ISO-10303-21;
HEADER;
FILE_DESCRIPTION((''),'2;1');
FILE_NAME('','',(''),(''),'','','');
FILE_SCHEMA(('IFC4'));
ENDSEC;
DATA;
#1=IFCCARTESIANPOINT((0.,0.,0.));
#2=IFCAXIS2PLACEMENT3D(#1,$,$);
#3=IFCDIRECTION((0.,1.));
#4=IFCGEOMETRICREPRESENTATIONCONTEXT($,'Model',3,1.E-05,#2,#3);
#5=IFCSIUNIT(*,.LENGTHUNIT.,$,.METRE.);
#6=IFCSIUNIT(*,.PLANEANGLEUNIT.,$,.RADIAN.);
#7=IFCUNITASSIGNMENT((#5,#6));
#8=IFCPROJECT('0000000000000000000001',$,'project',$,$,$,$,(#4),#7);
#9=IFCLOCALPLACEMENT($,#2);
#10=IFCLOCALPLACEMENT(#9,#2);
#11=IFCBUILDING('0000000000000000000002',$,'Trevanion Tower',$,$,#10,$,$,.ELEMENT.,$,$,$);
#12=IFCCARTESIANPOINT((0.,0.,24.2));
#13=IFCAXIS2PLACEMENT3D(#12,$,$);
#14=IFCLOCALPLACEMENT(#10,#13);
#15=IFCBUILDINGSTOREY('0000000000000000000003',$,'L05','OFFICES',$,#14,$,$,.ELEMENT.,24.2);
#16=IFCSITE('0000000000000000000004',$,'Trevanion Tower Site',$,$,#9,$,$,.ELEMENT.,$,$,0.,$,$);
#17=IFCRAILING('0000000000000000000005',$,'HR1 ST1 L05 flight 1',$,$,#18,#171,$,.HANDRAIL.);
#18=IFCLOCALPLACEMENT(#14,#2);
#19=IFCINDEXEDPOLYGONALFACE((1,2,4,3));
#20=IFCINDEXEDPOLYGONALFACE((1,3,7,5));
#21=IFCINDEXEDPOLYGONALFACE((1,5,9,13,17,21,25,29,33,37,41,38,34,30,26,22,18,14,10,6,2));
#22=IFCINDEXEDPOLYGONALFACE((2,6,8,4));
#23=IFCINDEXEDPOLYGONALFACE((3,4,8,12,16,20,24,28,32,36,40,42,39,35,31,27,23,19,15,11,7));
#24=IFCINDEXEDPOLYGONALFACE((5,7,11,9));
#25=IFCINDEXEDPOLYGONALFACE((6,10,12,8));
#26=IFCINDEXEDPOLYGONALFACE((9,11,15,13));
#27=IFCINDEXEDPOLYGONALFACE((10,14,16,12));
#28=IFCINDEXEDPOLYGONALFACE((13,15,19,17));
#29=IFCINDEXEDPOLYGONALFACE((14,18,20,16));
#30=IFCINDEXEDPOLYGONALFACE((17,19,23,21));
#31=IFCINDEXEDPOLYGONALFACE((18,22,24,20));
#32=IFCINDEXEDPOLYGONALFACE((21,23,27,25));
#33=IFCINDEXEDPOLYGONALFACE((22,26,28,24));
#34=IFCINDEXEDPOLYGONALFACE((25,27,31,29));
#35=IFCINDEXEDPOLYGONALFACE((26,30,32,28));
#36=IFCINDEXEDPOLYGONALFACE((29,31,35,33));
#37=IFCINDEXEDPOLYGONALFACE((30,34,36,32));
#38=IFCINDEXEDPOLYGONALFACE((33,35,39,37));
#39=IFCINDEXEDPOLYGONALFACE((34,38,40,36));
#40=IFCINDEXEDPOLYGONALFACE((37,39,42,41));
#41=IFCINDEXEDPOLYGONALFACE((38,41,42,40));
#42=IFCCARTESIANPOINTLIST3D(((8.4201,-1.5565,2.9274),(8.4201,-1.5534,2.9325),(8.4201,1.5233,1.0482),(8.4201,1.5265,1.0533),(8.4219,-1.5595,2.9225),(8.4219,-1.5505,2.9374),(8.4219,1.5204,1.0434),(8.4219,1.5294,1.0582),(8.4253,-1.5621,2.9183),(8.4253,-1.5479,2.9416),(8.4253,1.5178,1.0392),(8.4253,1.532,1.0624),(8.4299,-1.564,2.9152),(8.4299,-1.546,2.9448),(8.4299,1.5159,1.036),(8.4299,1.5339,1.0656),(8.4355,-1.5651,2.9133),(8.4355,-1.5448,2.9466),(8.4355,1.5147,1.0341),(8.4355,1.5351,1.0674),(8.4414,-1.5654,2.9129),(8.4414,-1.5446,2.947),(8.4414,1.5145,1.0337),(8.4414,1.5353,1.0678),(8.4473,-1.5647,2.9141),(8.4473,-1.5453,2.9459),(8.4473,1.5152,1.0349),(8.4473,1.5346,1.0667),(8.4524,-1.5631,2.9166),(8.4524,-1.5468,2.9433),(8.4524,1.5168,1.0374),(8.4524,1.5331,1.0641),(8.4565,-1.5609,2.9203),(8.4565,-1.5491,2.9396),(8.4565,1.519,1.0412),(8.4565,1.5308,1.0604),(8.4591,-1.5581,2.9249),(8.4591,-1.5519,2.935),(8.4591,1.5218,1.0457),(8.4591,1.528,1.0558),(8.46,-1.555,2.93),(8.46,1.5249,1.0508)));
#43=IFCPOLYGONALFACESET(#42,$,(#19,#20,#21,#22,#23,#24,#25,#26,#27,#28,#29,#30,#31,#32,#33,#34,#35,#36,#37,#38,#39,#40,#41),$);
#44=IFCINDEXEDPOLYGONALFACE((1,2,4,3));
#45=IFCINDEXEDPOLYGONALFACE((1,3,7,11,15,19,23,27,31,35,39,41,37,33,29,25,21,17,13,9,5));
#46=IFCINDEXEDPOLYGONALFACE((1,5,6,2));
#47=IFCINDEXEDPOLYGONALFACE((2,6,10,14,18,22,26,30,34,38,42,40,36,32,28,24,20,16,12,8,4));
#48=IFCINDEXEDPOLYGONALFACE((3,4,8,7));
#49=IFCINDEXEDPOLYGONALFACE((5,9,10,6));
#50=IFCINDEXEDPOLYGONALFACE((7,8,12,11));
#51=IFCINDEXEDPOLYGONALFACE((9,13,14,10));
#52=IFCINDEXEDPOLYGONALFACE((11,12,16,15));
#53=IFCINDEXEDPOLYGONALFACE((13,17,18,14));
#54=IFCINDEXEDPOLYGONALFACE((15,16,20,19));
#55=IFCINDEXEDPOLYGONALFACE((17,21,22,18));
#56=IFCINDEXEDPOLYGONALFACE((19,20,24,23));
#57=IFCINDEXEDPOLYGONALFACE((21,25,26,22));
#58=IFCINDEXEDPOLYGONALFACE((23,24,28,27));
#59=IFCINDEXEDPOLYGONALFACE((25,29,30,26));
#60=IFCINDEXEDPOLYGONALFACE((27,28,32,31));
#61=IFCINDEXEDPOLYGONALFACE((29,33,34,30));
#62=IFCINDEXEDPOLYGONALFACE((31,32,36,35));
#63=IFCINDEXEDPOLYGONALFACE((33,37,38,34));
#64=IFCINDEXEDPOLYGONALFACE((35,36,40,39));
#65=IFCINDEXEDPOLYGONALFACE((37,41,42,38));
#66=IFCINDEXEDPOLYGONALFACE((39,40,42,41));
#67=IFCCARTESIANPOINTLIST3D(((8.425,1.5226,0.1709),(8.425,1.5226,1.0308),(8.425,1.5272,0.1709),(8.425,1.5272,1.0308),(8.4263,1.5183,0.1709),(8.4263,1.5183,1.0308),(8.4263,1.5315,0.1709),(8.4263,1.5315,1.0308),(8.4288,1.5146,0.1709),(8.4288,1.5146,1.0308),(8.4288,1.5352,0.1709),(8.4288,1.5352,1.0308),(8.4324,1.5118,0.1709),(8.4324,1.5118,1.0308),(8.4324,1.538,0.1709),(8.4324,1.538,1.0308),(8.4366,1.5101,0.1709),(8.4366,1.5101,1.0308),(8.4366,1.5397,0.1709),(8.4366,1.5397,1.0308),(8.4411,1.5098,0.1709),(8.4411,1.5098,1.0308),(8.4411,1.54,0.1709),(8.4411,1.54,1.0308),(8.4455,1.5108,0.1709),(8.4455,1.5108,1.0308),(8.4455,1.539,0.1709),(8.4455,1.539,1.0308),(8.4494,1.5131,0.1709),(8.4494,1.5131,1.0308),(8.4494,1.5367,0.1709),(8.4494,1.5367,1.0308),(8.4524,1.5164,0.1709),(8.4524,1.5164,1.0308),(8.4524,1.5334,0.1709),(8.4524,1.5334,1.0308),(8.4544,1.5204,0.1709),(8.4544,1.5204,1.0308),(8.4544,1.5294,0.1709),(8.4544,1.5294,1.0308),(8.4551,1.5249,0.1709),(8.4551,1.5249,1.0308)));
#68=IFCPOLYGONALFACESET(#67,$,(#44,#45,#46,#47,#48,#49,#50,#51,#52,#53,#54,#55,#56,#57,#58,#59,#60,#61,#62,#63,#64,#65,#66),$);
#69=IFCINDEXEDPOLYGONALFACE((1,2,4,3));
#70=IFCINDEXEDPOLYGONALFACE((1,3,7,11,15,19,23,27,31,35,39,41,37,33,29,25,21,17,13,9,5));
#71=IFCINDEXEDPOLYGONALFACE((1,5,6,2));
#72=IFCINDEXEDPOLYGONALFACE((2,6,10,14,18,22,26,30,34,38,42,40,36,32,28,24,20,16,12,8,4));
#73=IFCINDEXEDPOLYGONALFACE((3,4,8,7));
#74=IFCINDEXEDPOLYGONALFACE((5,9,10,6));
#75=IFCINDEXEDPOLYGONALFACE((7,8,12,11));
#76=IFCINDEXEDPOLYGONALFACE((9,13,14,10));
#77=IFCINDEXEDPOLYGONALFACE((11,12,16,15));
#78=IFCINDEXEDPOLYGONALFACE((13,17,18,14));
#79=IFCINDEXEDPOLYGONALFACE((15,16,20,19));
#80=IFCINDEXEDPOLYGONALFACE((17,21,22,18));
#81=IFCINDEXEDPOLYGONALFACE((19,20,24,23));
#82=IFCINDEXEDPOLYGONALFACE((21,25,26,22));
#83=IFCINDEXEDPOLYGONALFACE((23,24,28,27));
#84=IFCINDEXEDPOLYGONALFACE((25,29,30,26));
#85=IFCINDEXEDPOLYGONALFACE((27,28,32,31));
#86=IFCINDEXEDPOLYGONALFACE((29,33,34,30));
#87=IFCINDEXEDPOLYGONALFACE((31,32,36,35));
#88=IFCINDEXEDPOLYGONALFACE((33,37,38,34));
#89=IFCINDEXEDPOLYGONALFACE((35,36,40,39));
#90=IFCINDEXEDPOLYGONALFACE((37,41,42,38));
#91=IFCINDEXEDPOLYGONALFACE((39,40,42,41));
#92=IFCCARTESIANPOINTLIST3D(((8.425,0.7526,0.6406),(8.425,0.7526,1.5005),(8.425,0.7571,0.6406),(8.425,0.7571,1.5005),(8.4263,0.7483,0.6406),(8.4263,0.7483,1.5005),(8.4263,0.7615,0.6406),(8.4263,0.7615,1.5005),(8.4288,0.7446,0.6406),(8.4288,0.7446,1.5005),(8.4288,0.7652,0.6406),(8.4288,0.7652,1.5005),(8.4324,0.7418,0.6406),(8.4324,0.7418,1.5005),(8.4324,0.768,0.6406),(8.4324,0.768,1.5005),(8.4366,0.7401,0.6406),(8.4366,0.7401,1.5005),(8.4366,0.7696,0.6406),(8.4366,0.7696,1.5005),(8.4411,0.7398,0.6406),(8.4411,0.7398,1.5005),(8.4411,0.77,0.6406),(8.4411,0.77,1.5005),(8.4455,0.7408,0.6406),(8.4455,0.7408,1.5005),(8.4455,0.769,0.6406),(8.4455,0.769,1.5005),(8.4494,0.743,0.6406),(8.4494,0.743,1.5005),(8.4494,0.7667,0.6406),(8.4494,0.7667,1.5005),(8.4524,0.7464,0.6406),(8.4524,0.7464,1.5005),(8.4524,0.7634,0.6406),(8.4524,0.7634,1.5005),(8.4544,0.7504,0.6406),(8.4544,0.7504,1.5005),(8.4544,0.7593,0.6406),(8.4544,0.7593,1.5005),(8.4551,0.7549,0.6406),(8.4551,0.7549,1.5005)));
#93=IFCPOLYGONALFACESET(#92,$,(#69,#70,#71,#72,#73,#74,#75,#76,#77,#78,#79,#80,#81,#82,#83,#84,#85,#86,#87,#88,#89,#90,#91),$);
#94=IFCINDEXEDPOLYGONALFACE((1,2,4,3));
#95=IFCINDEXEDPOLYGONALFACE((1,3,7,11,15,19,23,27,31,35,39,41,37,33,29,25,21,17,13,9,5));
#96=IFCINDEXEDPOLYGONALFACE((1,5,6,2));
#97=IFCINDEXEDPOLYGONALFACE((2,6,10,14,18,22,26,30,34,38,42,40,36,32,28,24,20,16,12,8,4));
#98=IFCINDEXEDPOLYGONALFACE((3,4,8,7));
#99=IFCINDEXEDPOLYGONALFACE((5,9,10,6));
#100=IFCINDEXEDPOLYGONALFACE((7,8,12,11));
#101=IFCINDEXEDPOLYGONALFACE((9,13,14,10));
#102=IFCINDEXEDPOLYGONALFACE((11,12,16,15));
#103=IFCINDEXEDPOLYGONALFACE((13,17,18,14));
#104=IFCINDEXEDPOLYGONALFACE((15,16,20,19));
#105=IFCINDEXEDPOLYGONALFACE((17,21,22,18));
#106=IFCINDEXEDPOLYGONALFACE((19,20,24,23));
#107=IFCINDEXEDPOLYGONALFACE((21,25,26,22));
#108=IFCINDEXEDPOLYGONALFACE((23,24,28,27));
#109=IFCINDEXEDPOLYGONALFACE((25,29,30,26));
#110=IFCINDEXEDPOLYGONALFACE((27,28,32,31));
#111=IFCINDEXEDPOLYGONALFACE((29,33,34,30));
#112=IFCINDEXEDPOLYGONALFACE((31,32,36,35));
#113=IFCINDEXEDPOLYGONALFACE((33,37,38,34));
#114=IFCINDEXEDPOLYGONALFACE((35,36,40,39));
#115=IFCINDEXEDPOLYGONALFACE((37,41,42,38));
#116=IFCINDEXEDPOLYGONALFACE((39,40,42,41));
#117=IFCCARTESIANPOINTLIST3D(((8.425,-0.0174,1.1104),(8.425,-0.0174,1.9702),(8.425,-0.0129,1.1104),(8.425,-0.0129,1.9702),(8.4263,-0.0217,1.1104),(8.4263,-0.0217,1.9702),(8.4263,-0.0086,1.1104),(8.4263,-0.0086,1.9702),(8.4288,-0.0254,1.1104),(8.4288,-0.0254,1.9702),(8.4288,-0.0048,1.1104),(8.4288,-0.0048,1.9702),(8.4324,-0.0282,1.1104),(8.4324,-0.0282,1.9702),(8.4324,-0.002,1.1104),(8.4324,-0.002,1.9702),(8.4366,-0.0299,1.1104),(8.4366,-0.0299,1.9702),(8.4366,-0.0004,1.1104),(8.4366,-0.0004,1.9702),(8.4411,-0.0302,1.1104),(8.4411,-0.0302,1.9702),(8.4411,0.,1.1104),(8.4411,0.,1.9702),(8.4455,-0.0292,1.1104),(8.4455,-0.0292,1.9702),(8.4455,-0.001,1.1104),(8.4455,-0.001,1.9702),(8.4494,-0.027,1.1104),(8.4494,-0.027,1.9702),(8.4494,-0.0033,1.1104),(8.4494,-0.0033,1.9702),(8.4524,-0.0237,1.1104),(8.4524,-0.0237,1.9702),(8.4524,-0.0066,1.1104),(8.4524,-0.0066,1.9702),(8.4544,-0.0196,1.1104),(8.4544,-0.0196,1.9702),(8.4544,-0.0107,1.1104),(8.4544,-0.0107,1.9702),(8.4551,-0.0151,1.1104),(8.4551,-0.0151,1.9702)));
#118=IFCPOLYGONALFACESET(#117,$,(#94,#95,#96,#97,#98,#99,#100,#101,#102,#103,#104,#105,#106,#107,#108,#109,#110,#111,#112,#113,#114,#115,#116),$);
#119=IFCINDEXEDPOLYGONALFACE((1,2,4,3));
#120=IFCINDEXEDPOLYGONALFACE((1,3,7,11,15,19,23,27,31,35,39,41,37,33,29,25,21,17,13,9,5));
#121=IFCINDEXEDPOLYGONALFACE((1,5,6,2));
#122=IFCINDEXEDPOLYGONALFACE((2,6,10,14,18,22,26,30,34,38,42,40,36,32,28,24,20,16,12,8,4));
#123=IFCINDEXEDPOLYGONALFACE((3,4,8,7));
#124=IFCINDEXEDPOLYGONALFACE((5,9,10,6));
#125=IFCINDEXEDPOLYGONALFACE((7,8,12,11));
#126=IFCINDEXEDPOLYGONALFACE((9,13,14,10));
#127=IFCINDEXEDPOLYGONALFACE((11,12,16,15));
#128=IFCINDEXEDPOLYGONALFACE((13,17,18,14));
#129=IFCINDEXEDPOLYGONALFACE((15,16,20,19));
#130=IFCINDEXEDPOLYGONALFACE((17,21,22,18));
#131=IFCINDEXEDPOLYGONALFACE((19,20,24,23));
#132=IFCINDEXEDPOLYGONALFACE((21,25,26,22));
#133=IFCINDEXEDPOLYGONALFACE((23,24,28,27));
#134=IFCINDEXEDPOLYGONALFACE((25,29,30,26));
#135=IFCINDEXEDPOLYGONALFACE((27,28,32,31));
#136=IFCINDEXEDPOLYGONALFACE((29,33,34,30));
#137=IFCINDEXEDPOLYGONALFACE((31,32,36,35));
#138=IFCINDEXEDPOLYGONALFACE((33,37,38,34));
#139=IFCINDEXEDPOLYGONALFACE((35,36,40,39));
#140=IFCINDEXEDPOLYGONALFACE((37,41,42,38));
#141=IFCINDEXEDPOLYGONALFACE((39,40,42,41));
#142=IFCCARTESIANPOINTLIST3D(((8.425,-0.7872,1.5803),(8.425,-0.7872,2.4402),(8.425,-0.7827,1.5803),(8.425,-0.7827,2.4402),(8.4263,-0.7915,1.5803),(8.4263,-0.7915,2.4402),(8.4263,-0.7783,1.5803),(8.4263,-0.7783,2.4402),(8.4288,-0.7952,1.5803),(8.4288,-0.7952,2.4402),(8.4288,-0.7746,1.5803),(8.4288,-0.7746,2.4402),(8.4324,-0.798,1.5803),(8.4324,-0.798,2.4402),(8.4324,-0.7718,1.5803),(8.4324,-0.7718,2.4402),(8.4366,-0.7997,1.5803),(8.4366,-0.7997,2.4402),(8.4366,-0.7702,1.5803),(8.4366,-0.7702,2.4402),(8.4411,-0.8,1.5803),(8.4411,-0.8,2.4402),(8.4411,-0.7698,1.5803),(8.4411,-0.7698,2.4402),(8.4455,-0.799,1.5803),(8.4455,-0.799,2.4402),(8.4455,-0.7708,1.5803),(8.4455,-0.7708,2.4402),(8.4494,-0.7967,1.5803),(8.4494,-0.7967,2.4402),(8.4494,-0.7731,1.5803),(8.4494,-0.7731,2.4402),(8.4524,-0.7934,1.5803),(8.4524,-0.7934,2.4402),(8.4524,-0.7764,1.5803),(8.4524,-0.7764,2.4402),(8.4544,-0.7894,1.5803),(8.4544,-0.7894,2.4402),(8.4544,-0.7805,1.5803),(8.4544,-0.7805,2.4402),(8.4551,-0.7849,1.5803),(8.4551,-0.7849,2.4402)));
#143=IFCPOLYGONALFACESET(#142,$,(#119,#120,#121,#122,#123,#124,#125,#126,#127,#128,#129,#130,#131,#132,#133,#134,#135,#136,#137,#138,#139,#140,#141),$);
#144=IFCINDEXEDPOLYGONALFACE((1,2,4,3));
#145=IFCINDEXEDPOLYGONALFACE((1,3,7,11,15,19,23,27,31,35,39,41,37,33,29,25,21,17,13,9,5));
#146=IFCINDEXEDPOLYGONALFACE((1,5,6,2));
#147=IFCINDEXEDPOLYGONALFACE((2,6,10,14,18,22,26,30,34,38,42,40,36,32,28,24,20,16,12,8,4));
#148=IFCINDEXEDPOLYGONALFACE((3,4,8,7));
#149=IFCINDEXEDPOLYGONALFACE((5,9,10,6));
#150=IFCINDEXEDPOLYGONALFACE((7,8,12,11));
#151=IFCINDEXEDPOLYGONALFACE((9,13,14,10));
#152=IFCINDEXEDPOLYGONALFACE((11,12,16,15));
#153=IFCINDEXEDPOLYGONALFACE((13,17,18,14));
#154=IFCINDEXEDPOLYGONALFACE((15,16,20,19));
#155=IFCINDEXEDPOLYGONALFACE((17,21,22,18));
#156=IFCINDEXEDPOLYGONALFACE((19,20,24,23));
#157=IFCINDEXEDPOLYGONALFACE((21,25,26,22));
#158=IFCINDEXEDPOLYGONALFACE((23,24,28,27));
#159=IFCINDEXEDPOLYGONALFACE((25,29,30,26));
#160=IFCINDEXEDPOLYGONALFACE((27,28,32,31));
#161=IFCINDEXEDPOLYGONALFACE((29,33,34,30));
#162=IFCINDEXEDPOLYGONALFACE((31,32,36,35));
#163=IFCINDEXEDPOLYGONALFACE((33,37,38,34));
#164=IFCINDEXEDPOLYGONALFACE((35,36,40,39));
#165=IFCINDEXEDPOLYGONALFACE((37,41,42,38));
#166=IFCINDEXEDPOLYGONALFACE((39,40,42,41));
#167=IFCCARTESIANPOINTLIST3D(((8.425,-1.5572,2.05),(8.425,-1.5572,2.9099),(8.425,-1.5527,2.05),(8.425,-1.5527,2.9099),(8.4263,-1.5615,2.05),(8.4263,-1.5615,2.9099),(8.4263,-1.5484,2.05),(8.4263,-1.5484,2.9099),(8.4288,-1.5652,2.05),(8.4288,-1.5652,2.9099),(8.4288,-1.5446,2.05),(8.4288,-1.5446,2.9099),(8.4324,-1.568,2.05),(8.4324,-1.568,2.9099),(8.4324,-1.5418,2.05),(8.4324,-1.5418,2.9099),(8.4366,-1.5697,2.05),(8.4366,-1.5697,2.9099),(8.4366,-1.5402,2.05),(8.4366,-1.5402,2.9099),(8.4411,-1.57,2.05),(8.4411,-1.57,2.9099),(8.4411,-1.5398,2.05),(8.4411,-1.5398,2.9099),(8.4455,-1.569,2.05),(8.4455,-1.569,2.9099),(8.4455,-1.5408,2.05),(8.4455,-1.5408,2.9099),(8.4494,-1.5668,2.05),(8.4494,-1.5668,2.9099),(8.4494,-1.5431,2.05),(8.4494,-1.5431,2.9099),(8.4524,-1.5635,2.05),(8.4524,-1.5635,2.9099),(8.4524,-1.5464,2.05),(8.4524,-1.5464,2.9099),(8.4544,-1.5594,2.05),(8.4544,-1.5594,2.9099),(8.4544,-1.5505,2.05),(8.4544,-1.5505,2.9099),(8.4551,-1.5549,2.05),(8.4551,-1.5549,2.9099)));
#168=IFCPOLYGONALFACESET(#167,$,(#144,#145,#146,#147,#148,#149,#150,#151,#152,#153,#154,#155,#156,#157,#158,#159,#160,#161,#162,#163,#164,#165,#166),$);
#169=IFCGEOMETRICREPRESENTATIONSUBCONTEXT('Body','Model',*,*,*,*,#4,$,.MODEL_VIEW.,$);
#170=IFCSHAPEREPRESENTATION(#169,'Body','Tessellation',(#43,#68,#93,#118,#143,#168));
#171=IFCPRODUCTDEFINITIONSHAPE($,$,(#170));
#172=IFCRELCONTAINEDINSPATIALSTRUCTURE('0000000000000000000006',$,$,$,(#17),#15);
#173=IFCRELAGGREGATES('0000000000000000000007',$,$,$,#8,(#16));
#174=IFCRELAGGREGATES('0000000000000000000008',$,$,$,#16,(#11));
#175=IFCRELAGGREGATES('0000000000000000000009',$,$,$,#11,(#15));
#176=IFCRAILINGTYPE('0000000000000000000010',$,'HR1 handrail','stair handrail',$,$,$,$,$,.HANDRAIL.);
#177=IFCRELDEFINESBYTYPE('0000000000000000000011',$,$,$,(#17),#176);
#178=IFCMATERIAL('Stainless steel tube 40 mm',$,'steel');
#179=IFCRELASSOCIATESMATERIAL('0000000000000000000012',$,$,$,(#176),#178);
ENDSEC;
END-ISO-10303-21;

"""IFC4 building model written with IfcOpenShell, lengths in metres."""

from ifc_helpers import new_model, si_unit, direction, frame, origin, origin_2d, place, context, subcontext, project, spatial, circle, extrude, material, type_object, element, save


model = new_model("IFC4")

# Units and contexts
model_context = context("Model", 3, precision=1e-05, world=origin(), true_north=direction((0.0, 1.0)))
body_context = subcontext(model_context, "Body", "Model", "MODEL_VIEW")
ifc_project = project(units=[si_unit("LENGTHUNIT", "METRE"), si_unit("PLANEANGLEUNIT", "RADIAN")], contexts=[model_context])

# Site, building, storey
site_placement = place(None, origin())
site = spatial("IfcSite", under=ifc_project, at=site_placement, Name="Trevanion Tower Site", CompositionType="ELEMENT", RefElevation=0.0)
building_placement = place(site_placement, origin())
building = spatial("IfcBuilding", under=site, at=building_placement, Name="Trevanion Tower", CompositionType="ELEMENT")
storey_placement = place(building_placement, frame((0.0, 0.0, 24.2)))
storey = spatial("IfcBuildingStorey", under=building, at=storey_placement, Name="L05", Description="OFFICES", CompositionType="ELEMENT", Elevation=24.2)

# Railing
ifc_material_1 = material(Name="Stainless steel tube 40 mm", Category="steel")
railing_type = type_object("IfcRailingType", Name="HR1 handrail", Description="stair handrail", PredefinedType="HANDRAIL", material=ifc_material_1)
for number, where, name in (
    (1, (8.4399, 1.5249, 0.1709), "HR1 ST1 L05 flight 1"),
):
    element("IfcRailing", number, at=place(storey_placement, frame(where)), inside=storey, type_object=railing_type, Name=name, PredefinedType="HANDRAIL", context=body_context, shape_type="SweptSolid", body=[
        extrude(circle(Radius=0.02, at=origin_2d()), frame((0.0, 0.0, 0.8799), z_axis=(0.0, -0.853648, 0.52085), x_axis=(1.0, 0.0, 0.0)), (0.0, 0.0, 1.0), 3.6079),
        extrude(circle(Radius=0.0151, at=origin_2d()), origin(), (0.0, 0.0, 1.0), 0.8599),
        extrude(circle(Radius=0.0151, at=origin_2d()), frame((0.0, -0.77, 0.4697)), (0.0, 0.0, 1.0), 0.8599),
        extrude(circle(Radius=0.0151, at=origin_2d()), frame((0.0, -1.54, 0.9395)), (0.0, 0.0, 1.0), 0.8599),
        extrude(circle(Radius=0.0151, at=origin_2d()), frame((0.0, -2.3098, 1.4094)), (0.0, 0.0, 1.0), 0.8599),
        extrude(circle(Radius=0.0151, at=origin_2d()), frame((0.0, -3.0798, 1.8792)), (0.0, 0.0, 1.0), 0.8599),
    ])

save(model, "model.ifc")
